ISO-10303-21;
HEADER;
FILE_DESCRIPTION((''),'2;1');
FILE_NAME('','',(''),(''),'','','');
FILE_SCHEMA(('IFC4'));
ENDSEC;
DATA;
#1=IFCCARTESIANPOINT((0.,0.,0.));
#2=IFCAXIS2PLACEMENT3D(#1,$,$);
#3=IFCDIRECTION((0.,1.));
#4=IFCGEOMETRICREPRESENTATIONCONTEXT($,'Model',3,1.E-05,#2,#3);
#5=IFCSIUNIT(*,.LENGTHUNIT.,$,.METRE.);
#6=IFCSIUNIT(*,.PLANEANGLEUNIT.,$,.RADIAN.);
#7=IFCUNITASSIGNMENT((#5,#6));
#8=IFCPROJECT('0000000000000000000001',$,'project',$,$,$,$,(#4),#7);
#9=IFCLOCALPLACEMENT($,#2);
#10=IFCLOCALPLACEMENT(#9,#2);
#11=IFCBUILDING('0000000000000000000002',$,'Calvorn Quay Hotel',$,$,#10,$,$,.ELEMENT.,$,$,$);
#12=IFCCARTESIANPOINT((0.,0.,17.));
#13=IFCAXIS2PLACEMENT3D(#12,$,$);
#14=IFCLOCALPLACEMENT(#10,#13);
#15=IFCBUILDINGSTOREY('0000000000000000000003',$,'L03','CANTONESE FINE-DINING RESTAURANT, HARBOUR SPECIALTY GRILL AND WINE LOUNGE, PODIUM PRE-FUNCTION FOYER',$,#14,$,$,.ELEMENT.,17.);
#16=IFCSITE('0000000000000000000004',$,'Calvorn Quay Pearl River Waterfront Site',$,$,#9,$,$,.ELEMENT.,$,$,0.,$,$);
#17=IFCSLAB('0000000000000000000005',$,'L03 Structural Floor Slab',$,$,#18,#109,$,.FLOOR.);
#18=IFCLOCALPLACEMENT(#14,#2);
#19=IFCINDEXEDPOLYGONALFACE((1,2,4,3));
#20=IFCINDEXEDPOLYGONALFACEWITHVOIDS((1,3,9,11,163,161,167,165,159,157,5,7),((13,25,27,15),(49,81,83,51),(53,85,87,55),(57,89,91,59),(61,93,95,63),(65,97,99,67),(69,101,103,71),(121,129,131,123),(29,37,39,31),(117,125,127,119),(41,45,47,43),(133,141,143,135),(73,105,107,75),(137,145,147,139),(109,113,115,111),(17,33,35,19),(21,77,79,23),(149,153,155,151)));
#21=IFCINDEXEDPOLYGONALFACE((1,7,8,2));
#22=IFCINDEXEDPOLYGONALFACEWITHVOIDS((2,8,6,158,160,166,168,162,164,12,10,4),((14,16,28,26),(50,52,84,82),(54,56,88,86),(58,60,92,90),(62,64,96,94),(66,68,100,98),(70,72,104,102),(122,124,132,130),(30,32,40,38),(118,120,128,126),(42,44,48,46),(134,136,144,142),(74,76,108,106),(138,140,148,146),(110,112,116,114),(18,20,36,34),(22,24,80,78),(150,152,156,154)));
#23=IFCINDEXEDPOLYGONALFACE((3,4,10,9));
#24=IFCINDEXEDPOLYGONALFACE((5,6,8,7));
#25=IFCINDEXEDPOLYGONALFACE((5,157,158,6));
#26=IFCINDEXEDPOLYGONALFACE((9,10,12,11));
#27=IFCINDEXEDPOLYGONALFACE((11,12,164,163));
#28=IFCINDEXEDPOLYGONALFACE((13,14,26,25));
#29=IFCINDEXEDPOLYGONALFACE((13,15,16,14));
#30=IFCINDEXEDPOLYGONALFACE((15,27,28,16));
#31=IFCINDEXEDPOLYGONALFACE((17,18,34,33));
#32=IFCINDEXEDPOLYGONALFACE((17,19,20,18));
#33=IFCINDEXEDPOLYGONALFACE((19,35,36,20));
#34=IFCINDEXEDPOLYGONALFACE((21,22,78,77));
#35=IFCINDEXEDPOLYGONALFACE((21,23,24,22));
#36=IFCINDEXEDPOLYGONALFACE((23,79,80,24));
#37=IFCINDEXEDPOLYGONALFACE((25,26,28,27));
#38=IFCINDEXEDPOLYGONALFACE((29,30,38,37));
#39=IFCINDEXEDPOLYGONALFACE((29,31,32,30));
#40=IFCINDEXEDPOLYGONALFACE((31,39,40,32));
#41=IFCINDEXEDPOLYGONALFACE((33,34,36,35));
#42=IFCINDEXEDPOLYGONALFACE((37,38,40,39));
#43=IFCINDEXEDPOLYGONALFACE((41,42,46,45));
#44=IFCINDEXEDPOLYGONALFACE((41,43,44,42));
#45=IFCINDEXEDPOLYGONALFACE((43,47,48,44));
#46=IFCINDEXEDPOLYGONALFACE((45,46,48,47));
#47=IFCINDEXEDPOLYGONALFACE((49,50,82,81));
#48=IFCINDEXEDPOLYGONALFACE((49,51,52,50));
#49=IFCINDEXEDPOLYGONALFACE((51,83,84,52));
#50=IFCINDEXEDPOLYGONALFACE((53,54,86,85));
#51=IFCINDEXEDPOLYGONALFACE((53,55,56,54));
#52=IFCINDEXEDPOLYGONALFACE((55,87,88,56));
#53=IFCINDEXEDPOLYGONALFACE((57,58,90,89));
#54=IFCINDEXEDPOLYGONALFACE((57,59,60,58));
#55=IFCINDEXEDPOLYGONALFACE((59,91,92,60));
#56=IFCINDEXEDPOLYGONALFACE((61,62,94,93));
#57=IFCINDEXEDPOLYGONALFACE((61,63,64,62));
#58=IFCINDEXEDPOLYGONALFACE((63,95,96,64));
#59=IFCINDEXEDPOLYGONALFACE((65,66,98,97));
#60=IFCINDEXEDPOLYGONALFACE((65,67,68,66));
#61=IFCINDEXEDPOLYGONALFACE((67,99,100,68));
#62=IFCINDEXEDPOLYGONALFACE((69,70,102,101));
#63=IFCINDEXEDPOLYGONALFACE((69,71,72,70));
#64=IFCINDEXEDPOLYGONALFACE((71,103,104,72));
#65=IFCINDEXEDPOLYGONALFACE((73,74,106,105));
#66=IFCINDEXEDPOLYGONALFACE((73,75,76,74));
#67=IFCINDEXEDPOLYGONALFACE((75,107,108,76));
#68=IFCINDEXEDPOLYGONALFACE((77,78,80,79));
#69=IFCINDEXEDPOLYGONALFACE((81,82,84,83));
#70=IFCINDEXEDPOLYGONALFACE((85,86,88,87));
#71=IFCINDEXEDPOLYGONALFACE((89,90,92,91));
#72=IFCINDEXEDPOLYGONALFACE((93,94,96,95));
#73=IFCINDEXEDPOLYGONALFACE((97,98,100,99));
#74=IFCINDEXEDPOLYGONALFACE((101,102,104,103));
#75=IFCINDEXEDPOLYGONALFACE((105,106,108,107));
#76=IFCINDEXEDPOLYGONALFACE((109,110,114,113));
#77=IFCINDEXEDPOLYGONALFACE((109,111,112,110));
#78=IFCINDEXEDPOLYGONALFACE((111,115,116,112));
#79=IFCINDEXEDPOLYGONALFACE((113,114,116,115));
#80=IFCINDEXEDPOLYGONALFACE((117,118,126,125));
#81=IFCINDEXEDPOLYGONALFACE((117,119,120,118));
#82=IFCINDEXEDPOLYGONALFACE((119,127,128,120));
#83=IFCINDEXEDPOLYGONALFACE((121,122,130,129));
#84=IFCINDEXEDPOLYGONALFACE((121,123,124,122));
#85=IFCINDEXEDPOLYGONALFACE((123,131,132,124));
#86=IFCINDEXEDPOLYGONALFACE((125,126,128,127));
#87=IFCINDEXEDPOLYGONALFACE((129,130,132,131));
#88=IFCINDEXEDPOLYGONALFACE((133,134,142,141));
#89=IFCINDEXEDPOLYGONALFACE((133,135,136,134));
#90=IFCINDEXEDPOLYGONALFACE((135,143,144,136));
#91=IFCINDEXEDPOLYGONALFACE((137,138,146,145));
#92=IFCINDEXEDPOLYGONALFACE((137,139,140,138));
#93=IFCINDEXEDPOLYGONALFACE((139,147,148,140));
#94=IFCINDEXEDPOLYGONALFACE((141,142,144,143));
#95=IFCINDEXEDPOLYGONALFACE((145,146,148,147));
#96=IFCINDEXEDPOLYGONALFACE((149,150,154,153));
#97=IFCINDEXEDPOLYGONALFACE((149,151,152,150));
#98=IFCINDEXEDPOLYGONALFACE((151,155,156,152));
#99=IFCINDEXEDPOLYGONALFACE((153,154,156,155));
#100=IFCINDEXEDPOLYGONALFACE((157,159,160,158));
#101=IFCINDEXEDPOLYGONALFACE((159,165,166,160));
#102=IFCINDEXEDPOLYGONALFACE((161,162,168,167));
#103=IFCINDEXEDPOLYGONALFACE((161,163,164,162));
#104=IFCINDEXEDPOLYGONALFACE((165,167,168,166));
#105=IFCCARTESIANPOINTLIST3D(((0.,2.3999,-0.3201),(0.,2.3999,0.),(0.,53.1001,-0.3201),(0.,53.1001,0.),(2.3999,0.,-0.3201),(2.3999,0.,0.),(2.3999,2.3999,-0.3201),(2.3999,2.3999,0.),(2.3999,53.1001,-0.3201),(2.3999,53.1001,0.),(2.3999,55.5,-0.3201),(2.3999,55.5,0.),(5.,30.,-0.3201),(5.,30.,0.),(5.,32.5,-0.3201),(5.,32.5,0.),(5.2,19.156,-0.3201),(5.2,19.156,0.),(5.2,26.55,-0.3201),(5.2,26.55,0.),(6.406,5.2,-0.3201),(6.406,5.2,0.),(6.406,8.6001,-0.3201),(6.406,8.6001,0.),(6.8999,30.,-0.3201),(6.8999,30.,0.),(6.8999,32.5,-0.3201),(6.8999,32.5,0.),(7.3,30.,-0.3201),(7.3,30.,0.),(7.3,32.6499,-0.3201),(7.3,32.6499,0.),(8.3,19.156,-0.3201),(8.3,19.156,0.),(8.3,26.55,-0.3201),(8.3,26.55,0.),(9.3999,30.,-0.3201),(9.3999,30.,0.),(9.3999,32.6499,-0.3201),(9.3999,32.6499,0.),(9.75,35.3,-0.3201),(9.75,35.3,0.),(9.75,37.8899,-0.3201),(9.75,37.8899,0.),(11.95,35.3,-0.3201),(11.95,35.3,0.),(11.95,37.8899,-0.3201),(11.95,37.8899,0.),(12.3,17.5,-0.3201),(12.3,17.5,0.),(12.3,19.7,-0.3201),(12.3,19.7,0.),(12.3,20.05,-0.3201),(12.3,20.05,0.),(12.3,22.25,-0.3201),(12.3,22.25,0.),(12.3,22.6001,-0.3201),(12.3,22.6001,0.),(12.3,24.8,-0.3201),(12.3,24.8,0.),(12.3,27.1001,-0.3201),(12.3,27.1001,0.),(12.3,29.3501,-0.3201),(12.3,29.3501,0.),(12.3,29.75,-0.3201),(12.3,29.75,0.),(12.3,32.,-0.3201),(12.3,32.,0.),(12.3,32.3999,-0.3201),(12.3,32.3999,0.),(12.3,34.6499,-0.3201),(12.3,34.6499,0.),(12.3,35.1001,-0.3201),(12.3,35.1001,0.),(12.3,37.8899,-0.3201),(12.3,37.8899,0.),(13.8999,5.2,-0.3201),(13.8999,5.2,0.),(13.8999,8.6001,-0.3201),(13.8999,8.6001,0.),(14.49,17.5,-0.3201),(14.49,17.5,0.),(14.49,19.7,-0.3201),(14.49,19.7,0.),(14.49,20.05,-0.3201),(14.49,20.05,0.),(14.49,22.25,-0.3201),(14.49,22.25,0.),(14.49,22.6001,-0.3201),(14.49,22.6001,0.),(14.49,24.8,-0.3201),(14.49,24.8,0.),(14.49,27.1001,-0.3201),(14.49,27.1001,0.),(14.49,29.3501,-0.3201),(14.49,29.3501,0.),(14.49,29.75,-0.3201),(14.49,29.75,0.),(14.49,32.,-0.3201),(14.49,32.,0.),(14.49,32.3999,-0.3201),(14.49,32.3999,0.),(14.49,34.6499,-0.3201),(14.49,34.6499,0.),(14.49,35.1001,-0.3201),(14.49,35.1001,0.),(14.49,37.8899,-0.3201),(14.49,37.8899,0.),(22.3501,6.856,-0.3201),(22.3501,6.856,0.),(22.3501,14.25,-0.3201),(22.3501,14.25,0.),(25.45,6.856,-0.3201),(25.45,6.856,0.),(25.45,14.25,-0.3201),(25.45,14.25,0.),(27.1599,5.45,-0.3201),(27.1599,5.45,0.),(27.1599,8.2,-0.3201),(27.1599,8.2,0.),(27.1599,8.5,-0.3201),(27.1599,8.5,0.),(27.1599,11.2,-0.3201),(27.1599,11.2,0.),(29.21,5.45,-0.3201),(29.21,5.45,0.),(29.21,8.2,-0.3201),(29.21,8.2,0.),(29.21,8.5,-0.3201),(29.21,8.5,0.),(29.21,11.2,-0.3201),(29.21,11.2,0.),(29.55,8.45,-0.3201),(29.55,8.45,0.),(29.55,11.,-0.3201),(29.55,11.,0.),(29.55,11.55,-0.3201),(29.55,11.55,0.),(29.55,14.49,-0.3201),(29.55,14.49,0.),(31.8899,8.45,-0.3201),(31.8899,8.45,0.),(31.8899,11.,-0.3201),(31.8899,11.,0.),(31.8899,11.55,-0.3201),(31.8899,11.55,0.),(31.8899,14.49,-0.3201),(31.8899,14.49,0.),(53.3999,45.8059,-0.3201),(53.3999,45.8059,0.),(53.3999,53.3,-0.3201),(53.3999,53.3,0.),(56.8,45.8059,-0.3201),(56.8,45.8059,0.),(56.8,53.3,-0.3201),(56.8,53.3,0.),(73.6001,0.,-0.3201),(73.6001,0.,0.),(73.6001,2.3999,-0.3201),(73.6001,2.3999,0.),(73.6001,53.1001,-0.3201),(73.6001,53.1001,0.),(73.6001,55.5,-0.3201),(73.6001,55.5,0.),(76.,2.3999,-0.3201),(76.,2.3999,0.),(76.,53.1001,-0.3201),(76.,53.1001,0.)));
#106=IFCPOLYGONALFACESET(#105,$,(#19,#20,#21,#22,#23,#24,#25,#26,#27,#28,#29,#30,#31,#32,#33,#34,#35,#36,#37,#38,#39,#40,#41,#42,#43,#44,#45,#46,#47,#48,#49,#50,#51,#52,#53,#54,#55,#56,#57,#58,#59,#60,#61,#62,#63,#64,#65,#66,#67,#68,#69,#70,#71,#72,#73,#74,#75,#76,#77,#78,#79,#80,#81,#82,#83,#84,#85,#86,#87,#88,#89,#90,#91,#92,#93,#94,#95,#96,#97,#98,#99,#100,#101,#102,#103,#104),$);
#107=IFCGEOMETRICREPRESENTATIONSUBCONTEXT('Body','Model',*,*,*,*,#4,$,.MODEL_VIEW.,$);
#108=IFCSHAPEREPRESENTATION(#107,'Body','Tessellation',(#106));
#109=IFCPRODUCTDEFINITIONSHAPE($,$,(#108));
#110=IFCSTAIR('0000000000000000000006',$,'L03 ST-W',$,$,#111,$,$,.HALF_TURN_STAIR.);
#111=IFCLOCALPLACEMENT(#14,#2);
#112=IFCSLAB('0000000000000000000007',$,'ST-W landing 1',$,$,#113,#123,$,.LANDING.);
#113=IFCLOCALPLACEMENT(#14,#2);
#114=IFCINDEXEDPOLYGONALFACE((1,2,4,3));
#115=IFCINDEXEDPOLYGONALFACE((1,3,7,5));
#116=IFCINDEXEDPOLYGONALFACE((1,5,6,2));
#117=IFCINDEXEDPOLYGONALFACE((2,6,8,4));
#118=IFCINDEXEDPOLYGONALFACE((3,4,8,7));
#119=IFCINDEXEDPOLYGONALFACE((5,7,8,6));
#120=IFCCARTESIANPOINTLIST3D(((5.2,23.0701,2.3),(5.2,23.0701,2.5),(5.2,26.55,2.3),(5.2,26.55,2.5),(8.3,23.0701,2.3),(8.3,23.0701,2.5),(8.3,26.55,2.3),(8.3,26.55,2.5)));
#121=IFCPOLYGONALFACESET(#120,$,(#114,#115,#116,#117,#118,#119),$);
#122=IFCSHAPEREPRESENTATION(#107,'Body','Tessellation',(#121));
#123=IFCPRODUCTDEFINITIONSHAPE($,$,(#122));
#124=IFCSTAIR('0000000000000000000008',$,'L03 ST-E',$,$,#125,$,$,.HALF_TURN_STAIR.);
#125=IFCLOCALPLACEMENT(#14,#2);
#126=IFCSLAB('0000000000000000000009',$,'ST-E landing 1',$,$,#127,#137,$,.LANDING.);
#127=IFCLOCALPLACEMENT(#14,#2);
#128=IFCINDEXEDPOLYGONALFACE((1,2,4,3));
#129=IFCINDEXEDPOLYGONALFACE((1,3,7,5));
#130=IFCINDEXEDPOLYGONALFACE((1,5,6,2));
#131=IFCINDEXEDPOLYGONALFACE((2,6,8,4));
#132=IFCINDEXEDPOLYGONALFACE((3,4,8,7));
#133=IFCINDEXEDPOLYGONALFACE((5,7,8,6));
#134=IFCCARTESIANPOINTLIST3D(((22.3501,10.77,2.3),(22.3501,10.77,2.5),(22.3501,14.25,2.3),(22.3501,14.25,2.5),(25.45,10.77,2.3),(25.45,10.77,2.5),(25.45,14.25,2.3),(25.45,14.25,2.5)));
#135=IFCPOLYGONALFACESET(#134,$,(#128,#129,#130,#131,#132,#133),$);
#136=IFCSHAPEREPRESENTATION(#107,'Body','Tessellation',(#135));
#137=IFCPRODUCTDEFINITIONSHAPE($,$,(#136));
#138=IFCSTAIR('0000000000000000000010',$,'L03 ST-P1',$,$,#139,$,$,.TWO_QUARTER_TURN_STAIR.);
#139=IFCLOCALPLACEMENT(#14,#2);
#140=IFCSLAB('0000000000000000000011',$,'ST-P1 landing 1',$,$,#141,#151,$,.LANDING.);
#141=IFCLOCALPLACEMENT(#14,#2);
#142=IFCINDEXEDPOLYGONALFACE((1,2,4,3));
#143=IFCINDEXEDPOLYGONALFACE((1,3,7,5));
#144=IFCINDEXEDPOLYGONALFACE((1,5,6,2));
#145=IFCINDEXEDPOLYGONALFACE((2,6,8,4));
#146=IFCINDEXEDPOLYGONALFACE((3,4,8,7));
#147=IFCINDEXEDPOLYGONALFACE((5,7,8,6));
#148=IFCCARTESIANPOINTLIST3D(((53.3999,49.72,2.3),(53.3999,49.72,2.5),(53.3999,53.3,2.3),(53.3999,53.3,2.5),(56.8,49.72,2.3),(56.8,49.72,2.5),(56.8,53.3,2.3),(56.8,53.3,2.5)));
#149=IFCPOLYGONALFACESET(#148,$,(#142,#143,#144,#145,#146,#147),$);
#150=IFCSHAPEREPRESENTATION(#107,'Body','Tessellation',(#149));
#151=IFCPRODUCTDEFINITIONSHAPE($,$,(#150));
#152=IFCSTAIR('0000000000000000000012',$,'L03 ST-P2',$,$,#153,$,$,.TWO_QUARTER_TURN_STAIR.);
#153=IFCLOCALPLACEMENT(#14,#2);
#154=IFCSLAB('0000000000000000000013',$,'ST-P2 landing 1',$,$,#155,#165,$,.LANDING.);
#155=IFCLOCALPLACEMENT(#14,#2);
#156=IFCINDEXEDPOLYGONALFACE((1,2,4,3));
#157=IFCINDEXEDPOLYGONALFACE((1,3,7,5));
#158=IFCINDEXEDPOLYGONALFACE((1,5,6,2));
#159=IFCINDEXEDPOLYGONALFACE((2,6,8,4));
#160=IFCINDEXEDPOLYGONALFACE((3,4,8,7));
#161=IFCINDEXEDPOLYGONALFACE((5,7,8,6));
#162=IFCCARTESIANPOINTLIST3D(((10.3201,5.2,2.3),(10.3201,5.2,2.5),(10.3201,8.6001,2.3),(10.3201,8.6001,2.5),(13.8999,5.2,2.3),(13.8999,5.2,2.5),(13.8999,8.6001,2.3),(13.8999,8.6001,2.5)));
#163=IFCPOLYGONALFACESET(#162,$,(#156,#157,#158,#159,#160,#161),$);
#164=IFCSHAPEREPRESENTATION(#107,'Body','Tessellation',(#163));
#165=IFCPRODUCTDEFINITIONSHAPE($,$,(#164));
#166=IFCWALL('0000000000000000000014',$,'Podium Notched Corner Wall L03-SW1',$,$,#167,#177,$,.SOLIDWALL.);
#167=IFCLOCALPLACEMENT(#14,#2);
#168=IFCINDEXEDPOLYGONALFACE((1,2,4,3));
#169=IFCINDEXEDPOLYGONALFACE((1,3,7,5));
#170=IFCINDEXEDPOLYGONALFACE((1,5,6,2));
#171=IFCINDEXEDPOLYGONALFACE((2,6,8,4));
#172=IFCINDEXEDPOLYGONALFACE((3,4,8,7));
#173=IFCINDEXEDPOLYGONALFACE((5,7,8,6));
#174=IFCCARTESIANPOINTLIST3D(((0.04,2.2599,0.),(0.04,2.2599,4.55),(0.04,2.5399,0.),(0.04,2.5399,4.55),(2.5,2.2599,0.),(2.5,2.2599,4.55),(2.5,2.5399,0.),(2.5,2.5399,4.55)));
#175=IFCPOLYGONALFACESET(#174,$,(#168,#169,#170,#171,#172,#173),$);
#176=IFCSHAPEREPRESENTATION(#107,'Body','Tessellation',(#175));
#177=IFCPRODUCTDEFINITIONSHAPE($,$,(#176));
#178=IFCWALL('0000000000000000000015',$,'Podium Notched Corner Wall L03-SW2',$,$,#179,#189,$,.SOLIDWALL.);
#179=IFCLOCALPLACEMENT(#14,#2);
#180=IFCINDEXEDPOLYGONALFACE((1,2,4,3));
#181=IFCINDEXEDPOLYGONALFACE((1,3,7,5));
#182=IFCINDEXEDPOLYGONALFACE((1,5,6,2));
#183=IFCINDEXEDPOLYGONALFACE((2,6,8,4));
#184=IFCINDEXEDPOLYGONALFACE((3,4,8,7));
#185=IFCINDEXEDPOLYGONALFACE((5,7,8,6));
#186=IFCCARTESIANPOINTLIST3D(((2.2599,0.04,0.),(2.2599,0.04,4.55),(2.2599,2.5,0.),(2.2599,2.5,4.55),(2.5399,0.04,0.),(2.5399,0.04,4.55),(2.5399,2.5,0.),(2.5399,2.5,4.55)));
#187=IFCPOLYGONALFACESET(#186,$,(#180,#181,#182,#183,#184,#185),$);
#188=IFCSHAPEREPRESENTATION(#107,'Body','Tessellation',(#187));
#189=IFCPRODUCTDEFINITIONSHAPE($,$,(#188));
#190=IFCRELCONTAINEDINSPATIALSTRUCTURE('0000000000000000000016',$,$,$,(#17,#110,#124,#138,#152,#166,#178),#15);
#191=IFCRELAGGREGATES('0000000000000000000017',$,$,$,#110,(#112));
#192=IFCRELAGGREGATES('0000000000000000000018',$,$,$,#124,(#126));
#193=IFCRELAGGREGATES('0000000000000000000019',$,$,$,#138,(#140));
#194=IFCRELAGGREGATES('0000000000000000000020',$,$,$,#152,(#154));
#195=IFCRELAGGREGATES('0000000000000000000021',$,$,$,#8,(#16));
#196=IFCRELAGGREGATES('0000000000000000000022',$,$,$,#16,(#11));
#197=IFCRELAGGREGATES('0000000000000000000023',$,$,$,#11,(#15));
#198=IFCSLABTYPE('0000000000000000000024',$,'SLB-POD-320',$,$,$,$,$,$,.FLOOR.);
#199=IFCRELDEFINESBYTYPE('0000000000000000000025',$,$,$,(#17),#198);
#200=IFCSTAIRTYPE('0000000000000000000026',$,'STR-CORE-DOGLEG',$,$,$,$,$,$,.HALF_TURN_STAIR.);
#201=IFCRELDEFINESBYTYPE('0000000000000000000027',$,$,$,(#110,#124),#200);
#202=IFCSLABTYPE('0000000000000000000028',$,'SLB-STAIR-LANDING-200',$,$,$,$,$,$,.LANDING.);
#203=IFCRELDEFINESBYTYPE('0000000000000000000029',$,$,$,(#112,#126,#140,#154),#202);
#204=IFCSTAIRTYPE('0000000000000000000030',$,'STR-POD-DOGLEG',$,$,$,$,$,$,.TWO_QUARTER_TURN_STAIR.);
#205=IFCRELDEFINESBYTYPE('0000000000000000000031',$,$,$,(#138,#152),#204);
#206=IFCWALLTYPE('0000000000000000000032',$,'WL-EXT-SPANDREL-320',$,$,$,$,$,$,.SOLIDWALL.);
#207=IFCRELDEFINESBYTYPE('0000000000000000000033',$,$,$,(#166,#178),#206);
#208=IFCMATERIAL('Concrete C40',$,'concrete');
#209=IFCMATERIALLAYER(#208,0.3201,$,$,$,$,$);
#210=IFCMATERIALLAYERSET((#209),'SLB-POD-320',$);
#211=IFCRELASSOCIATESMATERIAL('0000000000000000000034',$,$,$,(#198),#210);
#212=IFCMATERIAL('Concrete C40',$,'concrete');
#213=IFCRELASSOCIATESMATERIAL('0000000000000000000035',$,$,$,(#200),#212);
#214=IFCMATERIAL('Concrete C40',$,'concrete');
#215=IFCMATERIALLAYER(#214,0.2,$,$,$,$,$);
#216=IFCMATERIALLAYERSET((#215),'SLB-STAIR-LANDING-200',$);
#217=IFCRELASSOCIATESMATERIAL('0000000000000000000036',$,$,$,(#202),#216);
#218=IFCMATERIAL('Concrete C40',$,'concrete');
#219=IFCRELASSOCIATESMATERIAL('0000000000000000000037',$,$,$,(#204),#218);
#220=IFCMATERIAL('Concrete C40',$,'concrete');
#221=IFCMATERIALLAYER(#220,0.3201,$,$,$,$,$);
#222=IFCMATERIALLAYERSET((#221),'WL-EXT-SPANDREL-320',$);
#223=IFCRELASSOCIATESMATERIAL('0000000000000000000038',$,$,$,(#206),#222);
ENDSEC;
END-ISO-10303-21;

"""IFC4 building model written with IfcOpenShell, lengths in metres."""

from ifc_helpers import new_model, si_unit, direction, frame, frame_2d, origin, place, context, subcontext, project, spatial, polyline, rectangle, outline, extrude, material, layer, layer_set, type_object, element, aggregate, save


model = new_model("IFC4")

# Units and contexts
model_context = context("Model", 3, precision=1e-05, world=origin(), true_north=direction((0.0, 1.0)))
body_context = subcontext(model_context, "Body", "Model", "MODEL_VIEW")
ifc_project = project(units=[si_unit("LENGTHUNIT", "METRE"), si_unit("PLANEANGLEUNIT", "RADIAN")], contexts=[model_context])

# Site, building, storey
site_placement = place(None, origin())
site = spatial("IfcSite", under=ifc_project, at=site_placement, Name="Calvorn Quay Pearl River Waterfront Site", CompositionType="ELEMENT", RefElevation=0.0)
building_placement = place(site_placement, origin())
building = spatial("IfcBuilding", under=site, at=building_placement, Name="Calvorn Quay Hotel", CompositionType="ELEMENT")
storey_placement = place(building_placement, frame((0.0, 0.0, 17.0)))
storey = spatial("IfcBuildingStorey", under=building, at=storey_placement, Name="L03", Description="CANTONESE FINE-DINING RESTAURANT, HARBOUR SPECIALTY GRILL AND WINE LOUNGE, PODIUM PRE-FUNCTION FOYER", CompositionType="ELEMENT", Elevation=17.0)

# Slab
ifc_material_1 = material(Name="Concrete C40", Category="concrete")
ifc_layer_1 = layer(ifc_material_1, 0.3201)
ifc_layer_set_1 = layer_set([ifc_layer_1], Name="SLB-POD-320")
slab_type_1 = type_object("IfcSlabType", Name="SLB-POD-320", PredefinedType="FLOOR", material=ifc_layer_set_1)
slab_1_placement = place(storey_placement, frame((0.0, 0.0, -0.3201)))
element("IfcSlab", 1, at=slab_1_placement, inside=storey, type_object=slab_type_1, Name="L03 Structural Floor Slab", PredefinedType="FLOOR", context=body_context, shape_type="SweptSolid", body=[
    extrude(outline(polyline([(0.0, 2.3999), (2.3999, 2.3999), (2.3999, 0.0), (73.6001, 0.0), (73.6001, 2.3999), (76.0, 2.3999), (76.0, 53.1001), (73.6001, 53.1001), (73.6001, 55.5), (2.3999, 55.5), (2.3999, 53.1001), (0.0, 53.1001), (0.0, 2.3999)]), holes=[polyline([(5.2, 19.156), (8.3, 19.156), (8.3, 26.55), (5.2, 26.55), (5.2, 19.156)]), polyline([(22.3501, 6.856), (25.45, 6.856), (25.45, 14.25), (22.3501, 14.25), (22.3501, 6.856)]), polyline([(53.3999, 45.8059), (56.8, 45.8059), (56.8, 53.3), (53.3999, 53.3), (53.3999, 45.8059)]), polyline([(6.406, 5.2), (13.8999, 5.2), (13.8999, 8.6001), (6.406, 8.6001), (6.406, 5.2)]), polyline([(5.0, 30.0), (6.8999, 30.0), (6.8999, 32.5), (5.0, 32.5), (5.0, 30.0)]), polyline([(7.3, 30.0), (9.3999, 30.0), (9.3999, 32.6499), (7.3, 32.6499), (7.3, 30.0)]), polyline([(27.1599, 8.5), (29.21, 8.5), (29.21, 11.2), (27.1599, 11.2), (27.1599, 8.5)]), polyline([(27.1599, 5.45), (29.21, 5.45), (29.21, 8.2), (27.1599, 8.2), (27.1599, 5.45)]), polyline([(12.3, 17.5), (14.49, 17.5), (14.49, 19.7), (12.3, 19.7), (12.3, 17.5)]), polyline([(12.3, 20.05), (14.49, 20.05), (14.49, 22.25), (12.3, 22.25), (12.3, 20.05)]), polyline([(12.3, 22.6001), (14.49, 22.6001), (14.49, 24.8), (12.3, 24.8), (12.3, 22.6001)]), polyline([(12.3, 27.1001), (14.49, 27.1001), (14.49, 29.3501), (12.3, 29.3501), (12.3, 27.1001)]), polyline([(12.3, 29.75), (14.49, 29.75), (14.49, 32.0), (12.3, 32.0), (12.3, 29.75)]), polyline([(12.3, 32.3999), (14.49, 32.3999), (14.49, 34.6499), (12.3, 34.6499), (12.3, 32.3999)]), polyline([(12.3, 35.1001), (14.49, 35.1001), (14.49, 37.8899), (12.3, 37.8899), (12.3, 35.1001)]), polyline([(9.75, 35.3), (11.95, 35.3), (11.95, 37.8899), (9.75, 37.8899), (9.75, 35.3)]), polyline([(29.55, 11.55), (31.8899, 11.55), (31.8899, 14.49), (29.55, 14.49), (29.55, 11.55)]), polyline([(29.55, 8.45), (31.8899, 8.45), (31.8899, 11.0), (29.55, 11.0), (29.55, 8.45)])]), origin(), (0.0, 0.0, 1.0), 0.3201),
])

# Stairs, slabs
ifc_material_2 = material(Name="Concrete C40", Category="concrete")
stair_type_1 = type_object("IfcStairType", Name="STR-CORE-DOGLEG", PredefinedType="HALF_TURN_STAIR", material=ifc_material_2)
stair_1_placement = place(storey_placement, origin())
stair_1 = element("IfcStair", 2, at=stair_1_placement, inside=storey, type_object=stair_type_1, Name="L03 ST-W", PredefinedType="HALF_TURN_STAIR")
ifc_material_3 = material(Name="Concrete C40", Category="concrete")
ifc_layer_2 = layer(ifc_material_3, 0.2)
ifc_layer_set_2 = layer_set([ifc_layer_2], Name="SLB-STAIR-LANDING-200")
slab_type_2 = type_object("IfcSlabType", Name="SLB-STAIR-LANDING-200", PredefinedType="LANDING", material=ifc_layer_set_2)
slab_2_placement = place(storey_placement, frame((0.0, 0.0, 2.3)))
slab_2 = element("IfcSlab", 3, at=slab_2_placement, type_object=slab_type_2, Name="ST-W landing 1", PredefinedType="LANDING", context=body_context, shape_type="SweptSolid", body=[
    extrude(outline(polyline([(8.3, 23.0701), (8.3, 26.55), (5.2, 26.55), (5.2, 23.0701), (8.3, 23.0701)])), origin(), (0.0, 0.0, 1.0), 0.2),
])
aggregate(stair_1, [slab_2])
stair_2_placement = place(storey_placement, origin())
stair_2 = element("IfcStair", 4, at=stair_2_placement, inside=storey, type_object=stair_type_1, Name="L03 ST-E", PredefinedType="HALF_TURN_STAIR")
slab_3_placement = place(storey_placement, frame((0.0, 0.0, 2.3)))
slab_3 = element("IfcSlab", 5, at=slab_3_placement, type_object=slab_type_2, Name="ST-E landing 1", PredefinedType="LANDING", context=body_context, shape_type="SweptSolid", body=[
    extrude(outline(polyline([(25.45, 10.77), (25.45, 14.25), (22.3501, 14.25), (22.3501, 10.77), (25.45, 10.77)])), origin(), (0.0, 0.0, 1.0), 0.2),
])
aggregate(stair_2, [slab_3])
ifc_material_4 = material(Name="Concrete C40", Category="concrete")
stair_type_2 = type_object("IfcStairType", Name="STR-POD-DOGLEG", PredefinedType="TWO_QUARTER_TURN_STAIR", material=ifc_material_4)
stair_3_placement = place(storey_placement, origin())
stair_3 = element("IfcStair", 6, at=stair_3_placement, inside=storey, type_object=stair_type_2, Name="L03 ST-P1", PredefinedType="TWO_QUARTER_TURN_STAIR")
slab_4_placement = place(storey_placement, frame((0.0, 0.0, 2.3)))
slab_4 = element("IfcSlab", 7, at=slab_4_placement, type_object=slab_type_2, Name="ST-P1 landing 1", PredefinedType="LANDING", context=body_context, shape_type="SweptSolid", body=[
    extrude(outline(polyline([(56.8, 49.72), (56.8, 53.3), (53.3999, 53.3), (53.3999, 49.72), (56.8, 49.72)])), origin(), (0.0, 0.0, 1.0), 0.2),
])
aggregate(stair_3, [slab_4])
stair_4_placement = place(storey_placement, origin())
stair_4 = element("IfcStair", 8, at=stair_4_placement, inside=storey, type_object=stair_type_2, Name="L03 ST-P2", PredefinedType="TWO_QUARTER_TURN_STAIR")
slab_5_placement = place(storey_placement, frame((0.0, 0.0, 2.3)))
slab_5 = element("IfcSlab", 9, at=slab_5_placement, type_object=slab_type_2, Name="ST-P2 landing 1", PredefinedType="LANDING", context=body_context, shape_type="SweptSolid", body=[
    extrude(outline(polyline([(10.3201, 5.2), (13.8999, 5.2), (13.8999, 8.6001), (10.3201, 8.6001), (10.3201, 5.2)])), origin(), (0.0, 0.0, 1.0), 0.2),
])

# Walls
ifc_material_5 = material(Name="Concrete C40", Category="concrete")
ifc_layer_3 = layer(ifc_material_5, 0.3201)
ifc_layer_set_3 = layer_set([ifc_layer_3], Name="WL-EXT-SPANDREL-320")
wall_type_1 = type_object("IfcWallType", Name="WL-EXT-SPANDREL-320", PredefinedType="SOLIDWALL", material=ifc_layer_set_3)
for number, where, z_axis, x_axis, name in (
    (10, (0.04, 2.3999, 0.0), (0.0, 0.0, 1.0), (1.0, 0.0, 0.0), "Podium Notched Corner Wall L03-SW1"),
    (11, (2.3999, 2.5, 0.0), (0.0, 0.0, 1.0), (0.0, -1.0, 0.0), "Podium Notched Corner Wall L03-SW2"),
):
    element("IfcWall", number, at=place(storey_placement, frame(where, z_axis=z_axis, x_axis=x_axis)), inside=storey, type_object=wall_type_1, Name=name, PredefinedType="SOLIDWALL", context=body_context, shape_type="SweptSolid", body=[
        extrude(rectangle(XDim=2.46, YDim=0.28, at=frame_2d((1.23, 0.0))), origin(), (0.0, 0.0, 1.0), 4.55),
    ])

aggregate(stair_4, [slab_5])

save(model, "model.ifc")
